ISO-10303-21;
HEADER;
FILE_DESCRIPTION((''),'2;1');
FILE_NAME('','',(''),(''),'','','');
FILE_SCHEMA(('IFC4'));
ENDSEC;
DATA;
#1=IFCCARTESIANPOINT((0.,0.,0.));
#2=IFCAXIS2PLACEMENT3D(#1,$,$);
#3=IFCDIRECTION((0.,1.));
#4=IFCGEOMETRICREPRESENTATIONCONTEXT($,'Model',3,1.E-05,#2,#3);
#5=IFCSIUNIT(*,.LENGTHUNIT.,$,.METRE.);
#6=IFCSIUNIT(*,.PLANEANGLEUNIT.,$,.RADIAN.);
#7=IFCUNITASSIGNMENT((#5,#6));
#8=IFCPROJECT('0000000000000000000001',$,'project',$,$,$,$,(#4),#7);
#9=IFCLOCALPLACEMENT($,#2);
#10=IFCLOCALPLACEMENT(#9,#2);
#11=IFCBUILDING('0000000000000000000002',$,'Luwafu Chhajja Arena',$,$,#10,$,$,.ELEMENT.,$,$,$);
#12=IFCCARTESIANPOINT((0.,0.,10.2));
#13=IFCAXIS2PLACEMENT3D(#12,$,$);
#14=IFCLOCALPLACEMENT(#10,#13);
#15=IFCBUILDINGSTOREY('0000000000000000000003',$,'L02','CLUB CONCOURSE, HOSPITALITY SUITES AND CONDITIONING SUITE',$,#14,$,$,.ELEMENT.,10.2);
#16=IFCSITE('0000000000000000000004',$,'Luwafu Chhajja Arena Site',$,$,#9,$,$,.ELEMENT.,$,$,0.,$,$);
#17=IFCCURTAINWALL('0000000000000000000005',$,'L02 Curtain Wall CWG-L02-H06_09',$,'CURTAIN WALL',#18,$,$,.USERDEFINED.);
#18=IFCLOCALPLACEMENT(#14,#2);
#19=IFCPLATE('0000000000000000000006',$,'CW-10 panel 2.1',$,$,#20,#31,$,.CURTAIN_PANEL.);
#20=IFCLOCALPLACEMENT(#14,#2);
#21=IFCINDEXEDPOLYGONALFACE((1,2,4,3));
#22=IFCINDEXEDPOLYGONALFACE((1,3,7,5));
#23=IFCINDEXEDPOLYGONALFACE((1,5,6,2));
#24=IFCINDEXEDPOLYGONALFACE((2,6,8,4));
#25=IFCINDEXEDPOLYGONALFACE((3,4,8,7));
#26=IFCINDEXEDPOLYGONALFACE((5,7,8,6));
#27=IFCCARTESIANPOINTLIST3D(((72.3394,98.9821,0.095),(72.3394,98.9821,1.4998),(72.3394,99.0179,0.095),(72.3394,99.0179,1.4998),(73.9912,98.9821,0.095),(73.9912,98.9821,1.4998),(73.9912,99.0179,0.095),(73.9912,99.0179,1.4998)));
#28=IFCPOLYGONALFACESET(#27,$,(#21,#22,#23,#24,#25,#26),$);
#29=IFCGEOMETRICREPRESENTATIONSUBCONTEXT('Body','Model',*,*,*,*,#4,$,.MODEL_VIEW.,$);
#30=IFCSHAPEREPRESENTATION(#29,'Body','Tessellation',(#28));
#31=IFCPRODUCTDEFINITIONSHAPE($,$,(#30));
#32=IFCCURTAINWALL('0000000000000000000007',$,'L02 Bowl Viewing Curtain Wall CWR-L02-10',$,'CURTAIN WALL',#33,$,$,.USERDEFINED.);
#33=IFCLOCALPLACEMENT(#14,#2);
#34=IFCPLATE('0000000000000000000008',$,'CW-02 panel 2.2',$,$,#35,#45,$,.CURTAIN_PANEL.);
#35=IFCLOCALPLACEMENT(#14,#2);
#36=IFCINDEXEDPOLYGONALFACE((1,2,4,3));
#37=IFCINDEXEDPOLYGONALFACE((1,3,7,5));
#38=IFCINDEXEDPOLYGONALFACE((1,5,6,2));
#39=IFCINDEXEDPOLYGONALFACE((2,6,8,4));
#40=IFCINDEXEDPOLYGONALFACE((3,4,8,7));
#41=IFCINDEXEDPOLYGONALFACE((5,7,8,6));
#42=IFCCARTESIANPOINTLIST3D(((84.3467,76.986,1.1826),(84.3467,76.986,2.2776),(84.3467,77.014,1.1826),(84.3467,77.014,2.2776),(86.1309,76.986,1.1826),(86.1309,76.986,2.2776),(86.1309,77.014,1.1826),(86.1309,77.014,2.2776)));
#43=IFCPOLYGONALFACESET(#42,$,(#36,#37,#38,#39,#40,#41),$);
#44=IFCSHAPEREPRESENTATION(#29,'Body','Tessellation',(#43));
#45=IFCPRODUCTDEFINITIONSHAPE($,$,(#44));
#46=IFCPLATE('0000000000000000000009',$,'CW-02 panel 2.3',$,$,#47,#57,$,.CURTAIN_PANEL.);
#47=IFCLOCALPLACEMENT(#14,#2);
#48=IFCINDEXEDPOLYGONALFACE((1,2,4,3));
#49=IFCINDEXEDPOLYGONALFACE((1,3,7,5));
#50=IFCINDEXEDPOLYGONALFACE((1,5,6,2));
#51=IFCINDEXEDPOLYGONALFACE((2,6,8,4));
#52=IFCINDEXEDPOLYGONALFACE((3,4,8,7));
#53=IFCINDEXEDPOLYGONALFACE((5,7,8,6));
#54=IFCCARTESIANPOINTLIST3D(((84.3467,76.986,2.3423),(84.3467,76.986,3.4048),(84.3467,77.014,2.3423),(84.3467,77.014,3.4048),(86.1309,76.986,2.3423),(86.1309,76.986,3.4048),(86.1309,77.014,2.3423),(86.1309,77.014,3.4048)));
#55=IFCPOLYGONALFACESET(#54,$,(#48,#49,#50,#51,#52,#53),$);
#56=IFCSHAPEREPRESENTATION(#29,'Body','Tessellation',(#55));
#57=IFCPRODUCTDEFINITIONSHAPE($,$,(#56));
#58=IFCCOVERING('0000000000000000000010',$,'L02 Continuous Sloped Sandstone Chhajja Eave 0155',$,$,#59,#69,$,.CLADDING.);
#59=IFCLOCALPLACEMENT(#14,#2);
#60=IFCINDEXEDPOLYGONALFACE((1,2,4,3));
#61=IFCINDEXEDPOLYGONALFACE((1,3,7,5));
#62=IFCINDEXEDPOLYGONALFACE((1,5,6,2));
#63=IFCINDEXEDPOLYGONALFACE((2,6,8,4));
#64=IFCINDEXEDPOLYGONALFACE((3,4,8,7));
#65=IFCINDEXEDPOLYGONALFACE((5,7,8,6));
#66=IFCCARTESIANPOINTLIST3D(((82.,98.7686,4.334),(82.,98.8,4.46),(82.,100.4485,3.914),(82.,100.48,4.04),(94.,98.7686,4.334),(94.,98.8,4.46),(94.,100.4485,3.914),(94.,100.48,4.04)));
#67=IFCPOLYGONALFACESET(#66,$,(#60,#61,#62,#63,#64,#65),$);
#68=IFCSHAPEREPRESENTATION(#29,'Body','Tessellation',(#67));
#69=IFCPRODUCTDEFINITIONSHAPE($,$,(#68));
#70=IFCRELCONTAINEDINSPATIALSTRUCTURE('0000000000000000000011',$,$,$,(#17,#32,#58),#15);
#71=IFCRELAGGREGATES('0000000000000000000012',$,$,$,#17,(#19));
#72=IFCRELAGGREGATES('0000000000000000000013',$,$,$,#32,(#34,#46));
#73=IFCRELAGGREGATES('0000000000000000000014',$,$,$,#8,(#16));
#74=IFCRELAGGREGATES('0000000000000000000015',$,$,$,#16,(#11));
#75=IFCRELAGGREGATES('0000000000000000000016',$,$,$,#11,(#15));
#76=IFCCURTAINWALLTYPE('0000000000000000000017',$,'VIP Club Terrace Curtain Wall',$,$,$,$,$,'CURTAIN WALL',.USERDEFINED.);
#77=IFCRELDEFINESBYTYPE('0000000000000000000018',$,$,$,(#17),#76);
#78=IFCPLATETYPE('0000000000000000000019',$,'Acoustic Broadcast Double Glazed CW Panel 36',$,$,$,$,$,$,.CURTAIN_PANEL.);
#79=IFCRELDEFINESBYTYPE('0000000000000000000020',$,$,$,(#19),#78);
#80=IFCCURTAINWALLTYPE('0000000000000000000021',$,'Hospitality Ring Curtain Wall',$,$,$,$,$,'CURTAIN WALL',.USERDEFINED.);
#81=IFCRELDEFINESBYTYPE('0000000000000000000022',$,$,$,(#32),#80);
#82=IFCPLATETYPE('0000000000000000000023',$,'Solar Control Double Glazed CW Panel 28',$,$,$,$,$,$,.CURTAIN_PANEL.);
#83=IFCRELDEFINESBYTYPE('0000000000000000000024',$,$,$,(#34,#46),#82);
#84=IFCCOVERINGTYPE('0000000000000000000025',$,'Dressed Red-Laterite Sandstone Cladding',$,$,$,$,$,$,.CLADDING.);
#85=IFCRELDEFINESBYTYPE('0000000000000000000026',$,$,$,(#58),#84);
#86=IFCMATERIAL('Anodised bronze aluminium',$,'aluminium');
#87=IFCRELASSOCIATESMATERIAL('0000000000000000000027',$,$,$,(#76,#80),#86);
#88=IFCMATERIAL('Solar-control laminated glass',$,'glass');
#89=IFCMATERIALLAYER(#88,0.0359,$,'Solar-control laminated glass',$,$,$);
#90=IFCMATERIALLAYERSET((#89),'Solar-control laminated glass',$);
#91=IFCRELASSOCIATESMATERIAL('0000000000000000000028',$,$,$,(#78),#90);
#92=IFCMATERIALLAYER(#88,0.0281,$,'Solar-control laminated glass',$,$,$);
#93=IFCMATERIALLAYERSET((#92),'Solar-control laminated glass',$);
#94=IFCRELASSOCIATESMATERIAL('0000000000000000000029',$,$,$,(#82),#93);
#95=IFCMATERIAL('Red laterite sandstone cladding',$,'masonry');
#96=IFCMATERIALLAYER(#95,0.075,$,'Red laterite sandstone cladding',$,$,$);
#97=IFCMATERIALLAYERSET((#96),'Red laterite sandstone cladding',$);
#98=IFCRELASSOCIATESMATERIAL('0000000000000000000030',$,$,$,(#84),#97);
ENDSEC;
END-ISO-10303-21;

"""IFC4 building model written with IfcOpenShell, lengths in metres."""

from ifc_helpers import new_model, si_unit, direction, frame, origin, origin_2d, place, context, subcontext, project, spatial, polyline, rectangle, outline, extrude, material, layer, layer_set, type_object, element, aggregate, save


model = new_model("IFC4")

# Units and contexts
model_context = context("Model", 3, precision=1e-05, world=origin(), true_north=direction((0.0, 1.0)))
body_context = subcontext(model_context, "Body", "Model", "MODEL_VIEW")
ifc_project = project(units=[si_unit("LENGTHUNIT", "METRE"), si_unit("PLANEANGLEUNIT", "RADIAN")], contexts=[model_context])

# Site, building, storey
site_placement = place(None, origin())
site = spatial("IfcSite", under=ifc_project, at=site_placement, Name="Luwafu Chhajja Arena Site", CompositionType="ELEMENT", RefElevation=0.0)
building_placement = place(site_placement, origin())
building = spatial("IfcBuilding", under=site, at=building_placement, Name="Luwafu Chhajja Arena", CompositionType="ELEMENT")
storey_placement = place(building_placement, frame((0.0, 0.0, 10.2)))
storey = spatial("IfcBuildingStorey", under=building, at=storey_placement, Name="L02", Description="CLUB CONCOURSE, HOSPITALITY SUITES AND CONDITIONING SUITE", CompositionType="ELEMENT", Elevation=10.2)

# Curtain wall
ifc_material_1 = material(Name="Anodised bronze aluminium", Category="aluminium")
curtain_wall_type_1 = type_object("IfcCurtainWallType", Name="VIP Club Terrace Curtain Wall", ElementType="CURTAIN WALL", PredefinedType="USERDEFINED", material=ifc_material_1)
curtain_wall_1_placement = place(storey_placement, origin())
curtain_wall_1 = element("IfcCurtainWall", 1, at=curtain_wall_1_placement, inside=storey, type_object=curtain_wall_type_1, Name="L02 Curtain Wall CWG-L02-H06_09", ObjectType="CURTAIN WALL", PredefinedType="USERDEFINED")

# Plate
ifc_material_2 = material(Name="Solar-control laminated glass", Category="glass")
ifc_layer_1 = layer(ifc_material_2, 0.0359, Name="Solar-control laminated glass")
ifc_layer_set_1 = layer_set([ifc_layer_1], Name="Solar-control laminated glass")
plate_type_1 = type_object("IfcPlateType", Name="Acoustic Broadcast Double Glazed CW Panel 36", PredefinedType="CURTAIN_PANEL", material=ifc_layer_set_1)
plate_1_placement = place(storey_placement, frame((73.1653, 99.0, 0.095), z_axis=(0.0, 0.0, 1.0), x_axis=(1.0, 0.0, 0.0)))
plate_1 = element("IfcPlate", 2, at=plate_1_placement, type_object=plate_type_1, Name="CW-10 panel 2.1", PredefinedType="CURTAIN_PANEL", context=body_context, shape_type="SweptSolid", body=[
    extrude(rectangle(XDim=1.6519, YDim=0.0359, at=origin_2d()), origin(), (0.0, 0.0, 1.0), 1.4048),
])
aggregate(curtain_wall_1, [plate_1])

# Curtain wall, plates
curtain_wall_type_2 = type_object("IfcCurtainWallType", Name="Hospitality Ring Curtain Wall", ElementType="CURTAIN WALL", PredefinedType="USERDEFINED", material=ifc_material_1)
curtain_wall_2_placement = place(storey_placement, origin())
curtain_wall_2 = element("IfcCurtainWall", 3, at=curtain_wall_2_placement, inside=storey, type_object=curtain_wall_type_2, Name="L02 Bowl Viewing Curtain Wall CWR-L02-10", ObjectType="CURTAIN WALL", PredefinedType="USERDEFINED")
ifc_layer_2 = layer(ifc_material_2, 0.0281, Name="Solar-control laminated glass")
ifc_layer_set_2 = layer_set([ifc_layer_2], Name="Solar-control laminated glass")
plate_type_2 = type_object("IfcPlateType", Name="Solar Control Double Glazed CW Panel 28", PredefinedType="CURTAIN_PANEL", material=ifc_layer_set_2)
plate_2_placement = place(storey_placement, frame((85.2388, 77.0, 1.1826), z_axis=(0.0, 0.0, 1.0), x_axis=(1.0, 0.0, 0.0)))
plate_2 = element("IfcPlate", 4, at=plate_2_placement, type_object=plate_type_2, Name="CW-02 panel 2.2", PredefinedType="CURTAIN_PANEL", context=body_context, shape_type="SweptSolid", body=[
    extrude(rectangle(XDim=1.7842, YDim=0.0281, at=origin_2d()), origin(), (0.0, 0.0, 1.0), 1.095),
])
plate_3_placement = place(storey_placement, frame((85.2388, 77.0, 2.3423), z_axis=(0.0, 0.0, 1.0), x_axis=(1.0, 0.0, 0.0)))
plate_3 = element("IfcPlate", 5, at=plate_3_placement, type_object=plate_type_2, Name="CW-02 panel 2.3", PredefinedType="CURTAIN_PANEL", context=body_context, shape_type="SweptSolid", body=[
    extrude(rectangle(XDim=1.7842, YDim=0.0281, at=origin_2d()), origin(), (0.0, 0.0, 1.0), 1.0625),
])
aggregate(curtain_wall_2, [plate_2, plate_3])

# Covering
ifc_material_3 = material(Name="Red laterite sandstone cladding", Category="masonry")
ifc_layer_3 = layer(ifc_material_3, 0.075, Name="Red laterite sandstone cladding")
ifc_layer_set_3 = layer_set([ifc_layer_3], Name="Red laterite sandstone cladding")
covering_type = type_object("IfcCoveringType", Name="Dressed Red-Laterite Sandstone Cladding", PredefinedType="CLADDING", material=ifc_layer_set_3)
covering_placement = place(storey_placement, frame((82.0, 98.8, 4.46), z_axis=(0.0, 0.242502, 0.970151), x_axis=(1.0, 0.0, 0.0)))
element("IfcCovering", 6, at=covering_placement, inside=storey, type_object=covering_type, Name="L02 Continuous Sloped Sandstone Chhajja Eave 0155", PredefinedType="CLADDING", context=body_context, shape_type="SweptSolid", body=[
    extrude(outline(polyline([(0.0, 0.0), (12.0, 0.0), (12.0, 1.7316), (0.0, 1.7316), (0.0, 0.0)])), origin(), (0.0, 0.0, -1.0), 0.1299),
])

save(model, "model.ifc")
